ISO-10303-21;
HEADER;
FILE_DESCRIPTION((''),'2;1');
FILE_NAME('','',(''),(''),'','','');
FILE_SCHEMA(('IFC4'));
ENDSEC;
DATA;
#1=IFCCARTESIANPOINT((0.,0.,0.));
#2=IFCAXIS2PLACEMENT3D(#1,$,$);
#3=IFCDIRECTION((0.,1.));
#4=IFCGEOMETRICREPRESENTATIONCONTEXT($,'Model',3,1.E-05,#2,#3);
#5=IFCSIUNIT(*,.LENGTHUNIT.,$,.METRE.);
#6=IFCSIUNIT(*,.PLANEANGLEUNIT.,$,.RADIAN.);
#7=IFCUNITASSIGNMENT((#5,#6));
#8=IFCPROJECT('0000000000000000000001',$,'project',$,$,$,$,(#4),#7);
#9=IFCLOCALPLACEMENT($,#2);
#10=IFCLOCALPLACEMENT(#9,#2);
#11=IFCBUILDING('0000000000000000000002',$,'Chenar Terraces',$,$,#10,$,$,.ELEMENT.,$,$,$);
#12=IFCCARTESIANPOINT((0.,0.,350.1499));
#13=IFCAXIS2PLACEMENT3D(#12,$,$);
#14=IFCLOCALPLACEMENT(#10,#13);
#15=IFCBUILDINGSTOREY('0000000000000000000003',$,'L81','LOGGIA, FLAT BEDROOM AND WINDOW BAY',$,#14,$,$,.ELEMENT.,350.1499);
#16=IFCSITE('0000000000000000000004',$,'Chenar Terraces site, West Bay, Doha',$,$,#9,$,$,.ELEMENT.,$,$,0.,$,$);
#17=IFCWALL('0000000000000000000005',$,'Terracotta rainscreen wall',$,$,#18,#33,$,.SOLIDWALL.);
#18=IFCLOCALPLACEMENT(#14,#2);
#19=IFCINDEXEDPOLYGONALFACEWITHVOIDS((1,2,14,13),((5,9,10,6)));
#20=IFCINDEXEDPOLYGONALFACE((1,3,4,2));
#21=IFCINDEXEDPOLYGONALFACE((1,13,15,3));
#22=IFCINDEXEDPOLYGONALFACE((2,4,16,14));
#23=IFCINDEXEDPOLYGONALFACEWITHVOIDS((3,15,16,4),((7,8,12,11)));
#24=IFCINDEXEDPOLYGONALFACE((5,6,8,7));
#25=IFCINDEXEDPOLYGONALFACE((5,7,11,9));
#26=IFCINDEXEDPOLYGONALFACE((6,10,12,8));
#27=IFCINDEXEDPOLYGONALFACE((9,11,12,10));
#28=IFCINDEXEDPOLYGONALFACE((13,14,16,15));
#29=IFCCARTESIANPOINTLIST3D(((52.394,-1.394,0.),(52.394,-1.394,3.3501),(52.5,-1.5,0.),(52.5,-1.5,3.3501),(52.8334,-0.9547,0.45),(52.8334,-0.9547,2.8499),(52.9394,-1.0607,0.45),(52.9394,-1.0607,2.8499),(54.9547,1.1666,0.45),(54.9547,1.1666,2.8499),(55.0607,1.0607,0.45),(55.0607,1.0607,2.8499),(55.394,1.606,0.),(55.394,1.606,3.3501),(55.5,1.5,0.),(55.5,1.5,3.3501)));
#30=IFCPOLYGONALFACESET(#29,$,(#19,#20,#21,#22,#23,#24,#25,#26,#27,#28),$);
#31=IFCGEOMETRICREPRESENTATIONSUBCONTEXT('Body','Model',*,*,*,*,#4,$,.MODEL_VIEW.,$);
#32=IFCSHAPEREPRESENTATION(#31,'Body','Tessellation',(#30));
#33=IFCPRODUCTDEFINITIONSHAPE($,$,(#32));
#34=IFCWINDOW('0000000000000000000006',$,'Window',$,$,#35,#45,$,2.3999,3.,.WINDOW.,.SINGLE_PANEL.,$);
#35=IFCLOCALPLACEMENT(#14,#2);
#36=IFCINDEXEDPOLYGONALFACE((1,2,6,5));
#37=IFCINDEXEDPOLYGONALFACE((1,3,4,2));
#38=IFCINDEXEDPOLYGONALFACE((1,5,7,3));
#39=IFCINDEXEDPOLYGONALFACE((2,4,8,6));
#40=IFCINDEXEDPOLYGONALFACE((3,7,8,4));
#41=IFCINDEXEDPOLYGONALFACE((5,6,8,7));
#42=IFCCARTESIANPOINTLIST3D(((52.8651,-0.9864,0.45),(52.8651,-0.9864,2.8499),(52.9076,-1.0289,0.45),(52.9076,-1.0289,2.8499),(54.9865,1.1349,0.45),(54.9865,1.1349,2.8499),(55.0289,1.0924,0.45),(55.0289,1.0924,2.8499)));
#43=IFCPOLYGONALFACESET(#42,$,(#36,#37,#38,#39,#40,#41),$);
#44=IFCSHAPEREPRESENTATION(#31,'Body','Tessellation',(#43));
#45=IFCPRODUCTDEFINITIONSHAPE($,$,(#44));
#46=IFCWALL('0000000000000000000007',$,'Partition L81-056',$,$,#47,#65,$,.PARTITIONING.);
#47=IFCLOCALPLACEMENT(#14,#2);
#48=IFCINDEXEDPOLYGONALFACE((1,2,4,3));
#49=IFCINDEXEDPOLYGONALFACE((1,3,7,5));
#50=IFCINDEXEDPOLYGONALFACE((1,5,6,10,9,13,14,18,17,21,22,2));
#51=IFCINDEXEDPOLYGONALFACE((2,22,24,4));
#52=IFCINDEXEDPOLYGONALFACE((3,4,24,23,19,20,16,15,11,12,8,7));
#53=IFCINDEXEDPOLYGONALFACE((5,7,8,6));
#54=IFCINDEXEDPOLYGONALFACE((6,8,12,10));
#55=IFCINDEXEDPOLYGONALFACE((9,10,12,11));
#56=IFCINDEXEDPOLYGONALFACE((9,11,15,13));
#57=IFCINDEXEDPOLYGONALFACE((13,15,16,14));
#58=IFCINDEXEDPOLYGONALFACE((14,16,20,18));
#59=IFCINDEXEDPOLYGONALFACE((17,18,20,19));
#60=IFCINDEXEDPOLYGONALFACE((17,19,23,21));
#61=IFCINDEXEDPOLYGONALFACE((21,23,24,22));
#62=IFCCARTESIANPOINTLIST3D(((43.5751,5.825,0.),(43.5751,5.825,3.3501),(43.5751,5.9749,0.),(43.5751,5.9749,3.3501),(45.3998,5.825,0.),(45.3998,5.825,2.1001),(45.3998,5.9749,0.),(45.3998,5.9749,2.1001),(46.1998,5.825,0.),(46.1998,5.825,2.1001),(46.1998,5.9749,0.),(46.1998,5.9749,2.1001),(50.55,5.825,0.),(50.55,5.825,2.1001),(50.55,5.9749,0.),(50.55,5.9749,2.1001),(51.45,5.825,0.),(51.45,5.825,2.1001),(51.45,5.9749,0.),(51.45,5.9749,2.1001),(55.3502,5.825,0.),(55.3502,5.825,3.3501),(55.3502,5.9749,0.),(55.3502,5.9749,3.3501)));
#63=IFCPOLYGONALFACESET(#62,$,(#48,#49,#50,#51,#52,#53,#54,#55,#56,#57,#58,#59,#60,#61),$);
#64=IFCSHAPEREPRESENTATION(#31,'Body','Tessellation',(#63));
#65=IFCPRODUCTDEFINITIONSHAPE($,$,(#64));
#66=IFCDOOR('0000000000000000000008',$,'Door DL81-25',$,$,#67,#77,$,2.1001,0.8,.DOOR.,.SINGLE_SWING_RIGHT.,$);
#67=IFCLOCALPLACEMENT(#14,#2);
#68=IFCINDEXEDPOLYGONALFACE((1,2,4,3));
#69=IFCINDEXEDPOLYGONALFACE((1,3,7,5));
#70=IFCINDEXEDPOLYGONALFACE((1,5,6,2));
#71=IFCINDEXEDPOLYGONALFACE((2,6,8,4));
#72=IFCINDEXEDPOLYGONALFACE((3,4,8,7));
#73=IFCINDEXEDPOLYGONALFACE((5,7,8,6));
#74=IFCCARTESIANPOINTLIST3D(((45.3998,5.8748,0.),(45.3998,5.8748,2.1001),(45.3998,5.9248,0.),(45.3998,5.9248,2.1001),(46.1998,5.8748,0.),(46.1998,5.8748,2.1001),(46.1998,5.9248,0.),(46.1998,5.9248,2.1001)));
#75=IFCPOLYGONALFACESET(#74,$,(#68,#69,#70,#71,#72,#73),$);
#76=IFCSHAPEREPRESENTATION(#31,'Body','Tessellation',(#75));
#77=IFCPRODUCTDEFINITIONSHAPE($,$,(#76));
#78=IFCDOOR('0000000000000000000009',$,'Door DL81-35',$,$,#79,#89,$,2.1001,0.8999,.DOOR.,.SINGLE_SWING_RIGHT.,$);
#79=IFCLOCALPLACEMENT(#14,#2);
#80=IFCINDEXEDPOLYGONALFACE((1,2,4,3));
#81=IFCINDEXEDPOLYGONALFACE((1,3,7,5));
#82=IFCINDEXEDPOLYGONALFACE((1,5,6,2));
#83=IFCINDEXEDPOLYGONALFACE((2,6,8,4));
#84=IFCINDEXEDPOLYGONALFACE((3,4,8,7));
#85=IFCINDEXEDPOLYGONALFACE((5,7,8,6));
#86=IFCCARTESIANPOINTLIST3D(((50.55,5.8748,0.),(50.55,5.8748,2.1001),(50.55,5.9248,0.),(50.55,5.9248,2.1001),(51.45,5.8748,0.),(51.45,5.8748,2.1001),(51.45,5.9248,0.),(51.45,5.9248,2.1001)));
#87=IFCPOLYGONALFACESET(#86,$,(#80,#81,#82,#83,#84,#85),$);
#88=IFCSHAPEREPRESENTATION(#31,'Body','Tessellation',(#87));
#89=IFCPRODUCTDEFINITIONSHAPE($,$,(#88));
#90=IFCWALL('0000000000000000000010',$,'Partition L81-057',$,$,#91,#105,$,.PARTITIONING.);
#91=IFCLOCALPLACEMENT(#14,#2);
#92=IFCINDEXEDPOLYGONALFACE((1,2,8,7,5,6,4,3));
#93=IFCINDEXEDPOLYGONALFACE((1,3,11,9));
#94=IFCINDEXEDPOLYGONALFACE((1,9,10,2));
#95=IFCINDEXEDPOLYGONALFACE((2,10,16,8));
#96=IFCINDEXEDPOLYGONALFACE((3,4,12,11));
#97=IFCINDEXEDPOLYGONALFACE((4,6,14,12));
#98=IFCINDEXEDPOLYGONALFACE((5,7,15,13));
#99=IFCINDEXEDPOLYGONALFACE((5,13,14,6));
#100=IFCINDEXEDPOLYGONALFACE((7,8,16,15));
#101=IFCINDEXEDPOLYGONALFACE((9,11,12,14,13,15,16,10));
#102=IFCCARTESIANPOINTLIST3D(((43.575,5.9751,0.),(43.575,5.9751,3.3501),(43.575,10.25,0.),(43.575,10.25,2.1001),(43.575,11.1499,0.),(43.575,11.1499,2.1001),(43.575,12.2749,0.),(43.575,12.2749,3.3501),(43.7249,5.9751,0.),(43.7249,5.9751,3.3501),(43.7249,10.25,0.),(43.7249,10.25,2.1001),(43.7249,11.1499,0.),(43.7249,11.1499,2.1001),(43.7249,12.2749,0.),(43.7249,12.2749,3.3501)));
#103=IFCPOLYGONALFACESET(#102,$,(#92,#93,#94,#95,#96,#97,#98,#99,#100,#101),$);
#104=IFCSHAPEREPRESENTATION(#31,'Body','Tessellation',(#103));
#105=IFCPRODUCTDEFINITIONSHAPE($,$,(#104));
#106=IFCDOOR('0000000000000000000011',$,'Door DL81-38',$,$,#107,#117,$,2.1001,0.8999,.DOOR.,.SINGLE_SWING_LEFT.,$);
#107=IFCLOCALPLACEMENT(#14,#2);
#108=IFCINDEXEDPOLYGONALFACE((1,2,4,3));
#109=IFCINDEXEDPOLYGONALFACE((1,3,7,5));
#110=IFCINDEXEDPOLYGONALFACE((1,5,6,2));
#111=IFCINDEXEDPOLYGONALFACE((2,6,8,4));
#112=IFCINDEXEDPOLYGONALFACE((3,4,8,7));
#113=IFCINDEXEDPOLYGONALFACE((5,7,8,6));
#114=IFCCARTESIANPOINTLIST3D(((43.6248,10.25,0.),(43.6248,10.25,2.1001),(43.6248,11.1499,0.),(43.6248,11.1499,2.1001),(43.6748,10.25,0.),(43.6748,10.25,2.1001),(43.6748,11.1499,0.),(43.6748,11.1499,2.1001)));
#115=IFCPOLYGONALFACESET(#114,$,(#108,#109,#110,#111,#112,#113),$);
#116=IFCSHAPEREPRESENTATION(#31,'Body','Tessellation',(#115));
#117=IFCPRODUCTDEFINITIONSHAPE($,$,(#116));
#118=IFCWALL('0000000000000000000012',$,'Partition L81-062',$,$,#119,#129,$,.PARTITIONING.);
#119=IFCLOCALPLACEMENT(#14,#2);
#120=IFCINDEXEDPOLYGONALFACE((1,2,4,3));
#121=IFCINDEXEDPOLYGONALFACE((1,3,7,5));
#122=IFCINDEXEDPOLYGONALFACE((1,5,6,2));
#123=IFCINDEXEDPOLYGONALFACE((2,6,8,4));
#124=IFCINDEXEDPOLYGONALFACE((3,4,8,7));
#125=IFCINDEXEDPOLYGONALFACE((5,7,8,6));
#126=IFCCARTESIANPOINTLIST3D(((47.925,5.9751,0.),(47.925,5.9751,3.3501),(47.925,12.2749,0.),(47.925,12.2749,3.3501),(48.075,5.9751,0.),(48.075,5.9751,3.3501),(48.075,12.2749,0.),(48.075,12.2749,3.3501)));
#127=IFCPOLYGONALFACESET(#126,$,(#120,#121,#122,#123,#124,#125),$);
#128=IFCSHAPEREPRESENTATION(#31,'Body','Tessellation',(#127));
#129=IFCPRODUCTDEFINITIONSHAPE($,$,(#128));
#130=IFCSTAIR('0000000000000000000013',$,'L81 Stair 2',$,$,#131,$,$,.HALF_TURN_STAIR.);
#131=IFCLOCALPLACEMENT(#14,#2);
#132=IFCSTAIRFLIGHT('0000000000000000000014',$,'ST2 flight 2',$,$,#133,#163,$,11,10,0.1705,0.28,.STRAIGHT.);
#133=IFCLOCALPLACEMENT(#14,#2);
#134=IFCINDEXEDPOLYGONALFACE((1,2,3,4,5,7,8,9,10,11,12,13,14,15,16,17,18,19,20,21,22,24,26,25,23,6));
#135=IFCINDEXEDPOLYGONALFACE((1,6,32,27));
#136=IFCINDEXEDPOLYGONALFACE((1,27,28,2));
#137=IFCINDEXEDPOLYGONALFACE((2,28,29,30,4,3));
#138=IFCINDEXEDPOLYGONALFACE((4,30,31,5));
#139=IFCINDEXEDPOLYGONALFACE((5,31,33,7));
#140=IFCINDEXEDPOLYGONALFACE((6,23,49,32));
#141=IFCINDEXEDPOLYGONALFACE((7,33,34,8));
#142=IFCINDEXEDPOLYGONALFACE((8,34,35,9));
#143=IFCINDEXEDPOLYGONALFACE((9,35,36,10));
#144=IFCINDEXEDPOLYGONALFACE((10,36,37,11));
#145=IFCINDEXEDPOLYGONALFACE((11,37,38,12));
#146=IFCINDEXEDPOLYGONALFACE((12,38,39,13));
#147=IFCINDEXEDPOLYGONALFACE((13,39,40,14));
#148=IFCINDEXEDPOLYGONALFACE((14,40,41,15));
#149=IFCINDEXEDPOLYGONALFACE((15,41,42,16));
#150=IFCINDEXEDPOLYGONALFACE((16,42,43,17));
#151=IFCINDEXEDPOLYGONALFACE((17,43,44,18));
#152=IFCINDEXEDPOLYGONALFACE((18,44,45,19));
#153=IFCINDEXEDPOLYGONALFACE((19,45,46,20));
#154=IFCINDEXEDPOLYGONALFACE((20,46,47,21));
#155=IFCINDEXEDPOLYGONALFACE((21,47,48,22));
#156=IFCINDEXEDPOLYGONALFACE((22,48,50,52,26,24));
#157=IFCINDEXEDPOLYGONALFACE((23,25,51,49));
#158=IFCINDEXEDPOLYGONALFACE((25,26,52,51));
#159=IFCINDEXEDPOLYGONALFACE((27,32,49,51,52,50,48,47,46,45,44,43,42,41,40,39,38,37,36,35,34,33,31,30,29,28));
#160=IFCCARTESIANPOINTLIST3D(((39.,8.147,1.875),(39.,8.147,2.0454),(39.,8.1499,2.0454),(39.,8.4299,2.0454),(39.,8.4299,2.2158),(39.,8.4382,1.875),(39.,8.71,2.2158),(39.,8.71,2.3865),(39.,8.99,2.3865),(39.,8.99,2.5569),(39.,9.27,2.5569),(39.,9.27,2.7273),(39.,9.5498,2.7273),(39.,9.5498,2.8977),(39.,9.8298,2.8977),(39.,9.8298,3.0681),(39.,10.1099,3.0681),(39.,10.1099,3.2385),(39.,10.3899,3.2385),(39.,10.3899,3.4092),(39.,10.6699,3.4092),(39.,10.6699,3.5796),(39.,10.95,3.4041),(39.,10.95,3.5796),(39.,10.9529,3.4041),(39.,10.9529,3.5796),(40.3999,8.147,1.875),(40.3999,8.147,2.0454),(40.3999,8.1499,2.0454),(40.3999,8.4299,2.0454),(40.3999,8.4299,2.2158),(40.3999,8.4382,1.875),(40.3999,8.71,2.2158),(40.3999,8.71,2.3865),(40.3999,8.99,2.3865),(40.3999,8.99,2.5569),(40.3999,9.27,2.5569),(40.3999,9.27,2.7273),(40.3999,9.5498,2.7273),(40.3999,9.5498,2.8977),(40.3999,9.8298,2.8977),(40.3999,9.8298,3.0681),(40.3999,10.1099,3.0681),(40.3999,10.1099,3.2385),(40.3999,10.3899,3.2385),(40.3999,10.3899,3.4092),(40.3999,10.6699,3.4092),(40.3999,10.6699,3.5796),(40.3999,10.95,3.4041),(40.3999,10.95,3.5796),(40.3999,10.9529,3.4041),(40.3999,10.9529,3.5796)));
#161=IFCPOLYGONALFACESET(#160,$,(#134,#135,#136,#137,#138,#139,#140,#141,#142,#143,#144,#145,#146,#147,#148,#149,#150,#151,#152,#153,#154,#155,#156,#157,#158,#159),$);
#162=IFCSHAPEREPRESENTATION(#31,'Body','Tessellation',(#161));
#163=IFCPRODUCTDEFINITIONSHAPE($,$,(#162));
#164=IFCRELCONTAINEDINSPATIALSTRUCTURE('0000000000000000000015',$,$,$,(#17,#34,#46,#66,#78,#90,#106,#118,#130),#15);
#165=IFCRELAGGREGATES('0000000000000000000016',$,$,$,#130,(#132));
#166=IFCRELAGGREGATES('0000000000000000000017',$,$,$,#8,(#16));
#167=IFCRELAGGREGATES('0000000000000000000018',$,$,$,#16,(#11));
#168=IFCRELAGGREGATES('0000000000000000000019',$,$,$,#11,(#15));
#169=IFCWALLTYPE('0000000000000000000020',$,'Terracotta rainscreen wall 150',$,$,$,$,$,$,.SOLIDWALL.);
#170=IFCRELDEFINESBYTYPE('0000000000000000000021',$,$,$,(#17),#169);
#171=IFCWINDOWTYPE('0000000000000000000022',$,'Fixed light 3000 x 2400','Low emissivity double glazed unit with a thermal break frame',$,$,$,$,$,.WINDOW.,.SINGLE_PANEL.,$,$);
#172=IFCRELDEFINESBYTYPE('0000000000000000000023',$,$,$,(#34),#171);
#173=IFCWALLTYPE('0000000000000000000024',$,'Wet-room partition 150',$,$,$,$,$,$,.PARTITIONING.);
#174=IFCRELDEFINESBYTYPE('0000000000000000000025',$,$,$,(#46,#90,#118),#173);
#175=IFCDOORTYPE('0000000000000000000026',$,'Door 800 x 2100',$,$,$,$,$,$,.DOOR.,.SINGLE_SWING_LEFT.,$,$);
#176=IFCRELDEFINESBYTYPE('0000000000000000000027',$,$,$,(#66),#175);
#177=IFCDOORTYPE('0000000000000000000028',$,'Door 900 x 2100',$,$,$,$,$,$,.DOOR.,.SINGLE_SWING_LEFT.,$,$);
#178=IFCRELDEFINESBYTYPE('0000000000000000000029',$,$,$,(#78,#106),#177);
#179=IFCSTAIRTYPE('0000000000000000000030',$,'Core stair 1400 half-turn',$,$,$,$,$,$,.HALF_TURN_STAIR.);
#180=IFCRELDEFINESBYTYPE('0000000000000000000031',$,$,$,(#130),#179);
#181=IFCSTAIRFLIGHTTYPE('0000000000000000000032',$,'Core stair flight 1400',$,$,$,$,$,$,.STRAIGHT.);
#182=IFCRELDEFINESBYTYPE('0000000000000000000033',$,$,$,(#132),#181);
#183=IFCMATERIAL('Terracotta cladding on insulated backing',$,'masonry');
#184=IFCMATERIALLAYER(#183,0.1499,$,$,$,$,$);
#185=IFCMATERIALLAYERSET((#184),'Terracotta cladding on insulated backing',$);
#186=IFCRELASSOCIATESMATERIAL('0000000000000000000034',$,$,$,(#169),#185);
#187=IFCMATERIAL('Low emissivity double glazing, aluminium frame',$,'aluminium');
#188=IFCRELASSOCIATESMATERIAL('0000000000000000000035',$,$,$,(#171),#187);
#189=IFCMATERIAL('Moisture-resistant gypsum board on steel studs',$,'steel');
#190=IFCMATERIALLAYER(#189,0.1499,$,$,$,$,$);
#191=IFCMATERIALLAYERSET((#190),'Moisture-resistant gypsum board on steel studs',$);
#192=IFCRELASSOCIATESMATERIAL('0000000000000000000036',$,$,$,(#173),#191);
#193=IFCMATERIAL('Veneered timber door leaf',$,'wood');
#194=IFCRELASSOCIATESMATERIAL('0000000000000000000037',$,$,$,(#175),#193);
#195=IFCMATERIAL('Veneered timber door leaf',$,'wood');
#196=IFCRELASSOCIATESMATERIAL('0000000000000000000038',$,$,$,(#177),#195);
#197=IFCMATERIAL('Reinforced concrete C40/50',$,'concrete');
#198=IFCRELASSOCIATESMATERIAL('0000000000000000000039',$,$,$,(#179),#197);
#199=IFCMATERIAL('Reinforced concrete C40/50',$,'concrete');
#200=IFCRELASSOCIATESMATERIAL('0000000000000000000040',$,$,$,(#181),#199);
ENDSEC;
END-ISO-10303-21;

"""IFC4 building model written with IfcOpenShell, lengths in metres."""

from ifc_helpers import new_model, si_unit, direction, frame, frame_2d, origin, place, context, subcontext, project, spatial, polyline, rectangle, outline, extrude, material, layer, layer_set, type_object, element, fill, aggregate, save


model = new_model("IFC4")

# Units and contexts
model_context = context("Model", 3, precision=1e-05, world=origin(), true_north=direction((0.0, 1.0)))
body_context = subcontext(model_context, "Body", "Model", "MODEL_VIEW")
ifc_project = project(units=[si_unit("LENGTHUNIT", "METRE"), si_unit("PLANEANGLEUNIT", "RADIAN")], contexts=[model_context])

# Site, building, storey
site_placement = place(None, origin())
site = spatial("IfcSite", under=ifc_project, at=site_placement, Name="Chenar Terraces site, West Bay, Doha", CompositionType="ELEMENT", RefElevation=0.0)
building_placement = place(site_placement, origin())
building = spatial("IfcBuilding", under=site, at=building_placement, Name="Chenar Terraces", CompositionType="ELEMENT")
storey_placement = place(building_placement, frame((0.0, 0.0, 350.1499)))
storey = spatial("IfcBuildingStorey", under=building, at=storey_placement, Name="L81", Description="LOGGIA, FLAT BEDROOM AND WINDOW BAY", CompositionType="ELEMENT", Elevation=350.1499)

# Wall, opening, window
ifc_material_1 = material(Name="Terracotta cladding on insulated backing", Category="masonry")
ifc_layer_1 = layer(ifc_material_1, 0.1499)
ifc_layer_set_1 = layer_set([ifc_layer_1], Name="Terracotta cladding on insulated backing")
wall_type_1 = type_object("IfcWallType", Name="Terracotta rainscreen wall 150", PredefinedType="SOLIDWALL", material=ifc_layer_set_1)
wall_1_placement = place(storey_placement, frame((52.447, -1.447, 0.0), z_axis=(0.0, 0.0, 1.0), x_axis=(0.707107, 0.707107, 0.0)))
wall_1 = element("IfcWall", 1, at=wall_1_placement, inside=storey, type_object=wall_type_1, Name="Terracotta rainscreen wall", PredefinedType="SOLIDWALL", context=body_context, shape_type="SweptSolid", body=[
    extrude(rectangle(XDim=4.2427, YDim=0.1499, at=frame_2d((2.1213, 0.0))), origin(), (0.0, 0.0, 1.0), 3.3501),
])
opening_1_placement = place(wall_1_placement, frame((0.6213, 0.0, 0.45)))
opening_1 = element("IfcOpeningElement", 2, at=opening_1_placement, cuts=wall_1, PredefinedType="OPENING", context=body_context, shape_type="SweptSolid", body=[
    extrude(rectangle(XDim=3.0, YDim=2.3999, at=frame_2d((1.5, 1.2))), frame((0.0, 0.085, 0.0), z_axis=(0.0, -1.0, 0.0), x_axis=(1.0, 0.0, 0.0)), (0.0, 0.0, 1.0), 0.1699),
])
ifc_material_2 = material(Name="Low emissivity double glazing, aluminium frame", Category="aluminium")
window_type_1 = type_object("IfcWindowType", Name="Fixed light 3000 x 2400", Description="Low emissivity double glazed unit with a thermal break frame", PartitioningType="SINGLE_PANEL", PredefinedType="WINDOW", material=ifc_material_2)
window_1_placement = place(opening_1_placement, origin())
window_1 = element("IfcWindow", 3, at=window_1_placement, inside=storey, type_object=window_type_1, Name="Window", OverallHeight=2.3999, OverallWidth=3.0, PartitioningType="SINGLE_PANEL", PredefinedType="WINDOW", context=body_context, shape_type="SweptSolid", body=[
    extrude(rectangle(XDim=3.0, YDim=2.3999, at=frame_2d((1.5, 1.2))), frame((0.0, 0.03, 0.0), z_axis=(0.0, -1.0, 0.0), x_axis=(1.0, 0.0, 0.0)), (0.0, 0.0, 1.0), 0.0601),
])
fill(opening_1, window_1)

# Wall, openings, doors
ifc_material_3 = material(Name="Moisture-resistant gypsum board on steel studs", Category="steel")
ifc_layer_2 = layer(ifc_material_3, 0.1499)
ifc_layer_set_2 = layer_set([ifc_layer_2], Name="Moisture-resistant gypsum board on steel studs")
wall_type_2 = type_object("IfcWallType", Name="Wet-room partition 150", PredefinedType="PARTITIONING", material=ifc_layer_set_2)
wall_2_placement = place(storey_placement, frame((43.575, 5.8999, 0.0), z_axis=(0.0, 0.0, 1.0), x_axis=(1.0, 0.0, 0.0)))
wall_2 = element("IfcWall", 4, at=wall_2_placement, inside=storey, type_object=wall_type_2, Name="Partition L81-056", PredefinedType="PARTITIONING", context=body_context, shape_type="SweptSolid", body=[
    extrude(rectangle(XDim=11.7751, YDim=0.1499, at=frame_2d((5.8877, 0.0))), origin(), (0.0, 0.0, 1.0), 3.3501),
])
opening_2_placement = place(wall_2_placement, frame((1.825, 0.0, 0.0)))
opening_2 = element("IfcOpeningElement", 5, at=opening_2_placement, cuts=wall_2, PredefinedType="OPENING", context=body_context, shape_type="SweptSolid", body=[
    extrude(rectangle(XDim=0.8, YDim=2.1001, at=frame_2d((0.3999, 1.05))), frame((0.0, 0.085, 0.0), z_axis=(0.0, -1.0, 0.0), x_axis=(1.0, 0.0, 0.0)), (0.0, 0.0, 1.0), 0.1699),
])
opening_3_placement = place(wall_2_placement, frame((6.9751, 0.0, 0.0)))
opening_3 = element("IfcOpeningElement", 6, at=opening_3_placement, cuts=wall_2, PredefinedType="OPENING", context=body_context, shape_type="SweptSolid", body=[
    extrude(rectangle(XDim=0.8999, YDim=2.1001, at=frame_2d((0.45, 1.05))), frame((0.0, 0.085, 0.0), z_axis=(0.0, -1.0, 0.0), x_axis=(1.0, 0.0, 0.0)), (0.0, 0.0, 1.0), 0.1699),
])
ifc_material_4 = material(Name="Veneered timber door leaf", Category="wood")
door_type_1 = type_object("IfcDoorType", Name="Door 800 x 2100", OperationType="SINGLE_SWING_LEFT", PredefinedType="DOOR", material=ifc_material_4)
door_1_placement = place(opening_2_placement, origin())
door_1 = element("IfcDoor", 7, at=door_1_placement, inside=storey, type_object=door_type_1, Name="Door DL81-25", OperationType="SINGLE_SWING_RIGHT", OverallHeight=2.1001, OverallWidth=0.8, PredefinedType="DOOR", context=body_context, shape_type="SweptSolid", body=[
    extrude(rectangle(XDim=0.8, YDim=2.1001, at=frame_2d((0.3999, 1.05))), frame((0.0, 0.0249, 0.0), z_axis=(0.0, -1.0, 0.0), x_axis=(1.0, 0.0, 0.0)), (0.0, 0.0, 1.0), 0.05),
])
fill(opening_2, door_1)
ifc_material_5 = material(Name="Veneered timber door leaf", Category="wood")
door_type_2 = type_object("IfcDoorType", Name="Door 900 x 2100", OperationType="SINGLE_SWING_LEFT", PredefinedType="DOOR", material=ifc_material_5)
door_2_placement = place(opening_3_placement, origin())
door_2 = element("IfcDoor", 8, at=door_2_placement, inside=storey, type_object=door_type_2, Name="Door DL81-35", OperationType="SINGLE_SWING_RIGHT", OverallHeight=2.1001, OverallWidth=0.8999, PredefinedType="DOOR", context=body_context, shape_type="SweptSolid", body=[
    extrude(rectangle(XDim=0.8999, YDim=2.1001, at=frame_2d((0.45, 1.05))), frame((0.0, 0.0249, 0.0), z_axis=(0.0, -1.0, 0.0), x_axis=(1.0, 0.0, 0.0)), (0.0, 0.0, 1.0), 0.05),
])
fill(opening_3, door_2)

# Wall, opening, door
wall_3_placement = place(storey_placement, frame((43.6499, 5.9751, 0.0), z_axis=(0.0, 0.0, 1.0), x_axis=(0.0, 1.0, 0.0)))
wall_3 = element("IfcWall", 9, at=wall_3_placement, inside=storey, type_object=wall_type_2, Name="Partition L81-057", PredefinedType="PARTITIONING", context=body_context, shape_type="SweptSolid", body=[
    extrude(rectangle(XDim=6.2998, YDim=0.1499, at=frame_2d((3.1499, 0.0))), origin(), (0.0, 0.0, 1.0), 3.3501),
])
opening_4_placement = place(wall_3_placement, frame((4.2749, 0.0, 0.0)))
opening_4 = element("IfcOpeningElement", 10, at=opening_4_placement, cuts=wall_3, PredefinedType="OPENING", context=body_context, shape_type="SweptSolid", body=[
    extrude(rectangle(XDim=0.8999, YDim=2.1001, at=frame_2d((0.45, 1.05))), frame((0.0, 0.085, 0.0), z_axis=(0.0, -1.0, 0.0), x_axis=(1.0, 0.0, 0.0)), (0.0, 0.0, 1.0), 0.1699),
])
door_3_placement = place(opening_4_placement, frame((0.8999, 0.0, 0.0), z_axis=(0.0, 0.0, 1.0), x_axis=(-1.0, 0.0, 0.0)))
door_3 = element("IfcDoor", 11, at=door_3_placement, inside=storey, type_object=door_type_2, Name="Door DL81-38", OperationType="SINGLE_SWING_LEFT", OverallHeight=2.1001, OverallWidth=0.8999, PredefinedType="DOOR", context=body_context, shape_type="SweptSolid", body=[
    extrude(rectangle(XDim=0.8999, YDim=2.1001, at=frame_2d((0.45, 1.05))), frame((0.0, 0.0249, 0.0), z_axis=(0.0, -1.0, 0.0), x_axis=(1.0, 0.0, 0.0)), (0.0, 0.0, 1.0), 0.05),
])
fill(opening_4, door_3)

# Wall
wall_4_placement = place(storey_placement, frame((48.0, 5.9751, 0.0), z_axis=(0.0, 0.0, 1.0), x_axis=(0.0, 1.0, 0.0)))
element("IfcWall", 12, at=wall_4_placement, inside=storey, type_object=wall_type_2, Name="Partition L81-062", PredefinedType="PARTITIONING", context=body_context, shape_type="SweptSolid", body=[
    extrude(rectangle(XDim=6.2998, YDim=0.1499, at=frame_2d((3.1499, 0.0))), origin(), (0.0, 0.0, 1.0), 3.3501),
])

# Stair, stair flight
ifc_material_6 = material(Name="Reinforced concrete C40/50", Category="concrete")
stair_type = type_object("IfcStairType", Name="Core stair 1400 half-turn", PredefinedType="HALF_TURN_STAIR", material=ifc_material_6)
stair_placement = place(storey_placement, origin())
stair = element("IfcStair", 13, at=stair_placement, inside=storey, type_object=stair_type, Name="L81 Stair 2", PredefinedType="HALF_TURN_STAIR")
ifc_material_7 = material(Name="Reinforced concrete C40/50", Category="concrete")
stair_flight_type = type_object("IfcStairFlightType", Name="Core stair flight 1400", PredefinedType="STRAIGHT", material=ifc_material_7)
stair_flight_placement = place(storey_placement, frame((39.7, 8.1499, 1.875), z_axis=(0.0, 0.0, 1.0), x_axis=(0.0, 1.0, 0.0)))
stair_flight = element("IfcStairFlight", 14, at=stair_flight_placement, type_object=stair_flight_type, Name="ST2 flight 2", NumberOfRisers=11, NumberOfTreads=10, PredefinedType="STRAIGHT", RiserHeight=0.1705, TreadLength=0.28, context=body_context, shape_type="SweptSolid", body=[
    extrude(outline(polyline([(-0.0029, 0.0), (-0.0029, 0.1704), (0.0, 0.1704), (0.28, 0.1704), (0.28, 0.3408), (0.5601, 0.3408), (0.5601, 0.5115), (0.8401, 0.5115), (0.8401, 0.6819), (1.1201, 0.6819), (1.1201, 0.8523), (1.3999, 0.8523), (1.3999, 1.0227), (1.6799, 1.0227), (1.6799, 1.1931), (1.96, 1.1931), (1.96, 1.3635), (2.24, 1.3635), (2.24, 1.5342), (2.52, 1.5342), (2.52, 1.7046), (2.8, 1.7046), (2.803, 1.7046), (2.803, 1.5291), (2.8, 1.5291), (0.2883, 0.0), (-0.0029, 0.0)])), frame((0.0, 0.7, 0.0), z_axis=(0.0, -1.0, 0.0), x_axis=(1.0, 0.0, 0.0)), (0.0, 0.0, 1.0), 1.3999),
])
aggregate(stair, [stair_flight])

save(model, "model.ifc")
